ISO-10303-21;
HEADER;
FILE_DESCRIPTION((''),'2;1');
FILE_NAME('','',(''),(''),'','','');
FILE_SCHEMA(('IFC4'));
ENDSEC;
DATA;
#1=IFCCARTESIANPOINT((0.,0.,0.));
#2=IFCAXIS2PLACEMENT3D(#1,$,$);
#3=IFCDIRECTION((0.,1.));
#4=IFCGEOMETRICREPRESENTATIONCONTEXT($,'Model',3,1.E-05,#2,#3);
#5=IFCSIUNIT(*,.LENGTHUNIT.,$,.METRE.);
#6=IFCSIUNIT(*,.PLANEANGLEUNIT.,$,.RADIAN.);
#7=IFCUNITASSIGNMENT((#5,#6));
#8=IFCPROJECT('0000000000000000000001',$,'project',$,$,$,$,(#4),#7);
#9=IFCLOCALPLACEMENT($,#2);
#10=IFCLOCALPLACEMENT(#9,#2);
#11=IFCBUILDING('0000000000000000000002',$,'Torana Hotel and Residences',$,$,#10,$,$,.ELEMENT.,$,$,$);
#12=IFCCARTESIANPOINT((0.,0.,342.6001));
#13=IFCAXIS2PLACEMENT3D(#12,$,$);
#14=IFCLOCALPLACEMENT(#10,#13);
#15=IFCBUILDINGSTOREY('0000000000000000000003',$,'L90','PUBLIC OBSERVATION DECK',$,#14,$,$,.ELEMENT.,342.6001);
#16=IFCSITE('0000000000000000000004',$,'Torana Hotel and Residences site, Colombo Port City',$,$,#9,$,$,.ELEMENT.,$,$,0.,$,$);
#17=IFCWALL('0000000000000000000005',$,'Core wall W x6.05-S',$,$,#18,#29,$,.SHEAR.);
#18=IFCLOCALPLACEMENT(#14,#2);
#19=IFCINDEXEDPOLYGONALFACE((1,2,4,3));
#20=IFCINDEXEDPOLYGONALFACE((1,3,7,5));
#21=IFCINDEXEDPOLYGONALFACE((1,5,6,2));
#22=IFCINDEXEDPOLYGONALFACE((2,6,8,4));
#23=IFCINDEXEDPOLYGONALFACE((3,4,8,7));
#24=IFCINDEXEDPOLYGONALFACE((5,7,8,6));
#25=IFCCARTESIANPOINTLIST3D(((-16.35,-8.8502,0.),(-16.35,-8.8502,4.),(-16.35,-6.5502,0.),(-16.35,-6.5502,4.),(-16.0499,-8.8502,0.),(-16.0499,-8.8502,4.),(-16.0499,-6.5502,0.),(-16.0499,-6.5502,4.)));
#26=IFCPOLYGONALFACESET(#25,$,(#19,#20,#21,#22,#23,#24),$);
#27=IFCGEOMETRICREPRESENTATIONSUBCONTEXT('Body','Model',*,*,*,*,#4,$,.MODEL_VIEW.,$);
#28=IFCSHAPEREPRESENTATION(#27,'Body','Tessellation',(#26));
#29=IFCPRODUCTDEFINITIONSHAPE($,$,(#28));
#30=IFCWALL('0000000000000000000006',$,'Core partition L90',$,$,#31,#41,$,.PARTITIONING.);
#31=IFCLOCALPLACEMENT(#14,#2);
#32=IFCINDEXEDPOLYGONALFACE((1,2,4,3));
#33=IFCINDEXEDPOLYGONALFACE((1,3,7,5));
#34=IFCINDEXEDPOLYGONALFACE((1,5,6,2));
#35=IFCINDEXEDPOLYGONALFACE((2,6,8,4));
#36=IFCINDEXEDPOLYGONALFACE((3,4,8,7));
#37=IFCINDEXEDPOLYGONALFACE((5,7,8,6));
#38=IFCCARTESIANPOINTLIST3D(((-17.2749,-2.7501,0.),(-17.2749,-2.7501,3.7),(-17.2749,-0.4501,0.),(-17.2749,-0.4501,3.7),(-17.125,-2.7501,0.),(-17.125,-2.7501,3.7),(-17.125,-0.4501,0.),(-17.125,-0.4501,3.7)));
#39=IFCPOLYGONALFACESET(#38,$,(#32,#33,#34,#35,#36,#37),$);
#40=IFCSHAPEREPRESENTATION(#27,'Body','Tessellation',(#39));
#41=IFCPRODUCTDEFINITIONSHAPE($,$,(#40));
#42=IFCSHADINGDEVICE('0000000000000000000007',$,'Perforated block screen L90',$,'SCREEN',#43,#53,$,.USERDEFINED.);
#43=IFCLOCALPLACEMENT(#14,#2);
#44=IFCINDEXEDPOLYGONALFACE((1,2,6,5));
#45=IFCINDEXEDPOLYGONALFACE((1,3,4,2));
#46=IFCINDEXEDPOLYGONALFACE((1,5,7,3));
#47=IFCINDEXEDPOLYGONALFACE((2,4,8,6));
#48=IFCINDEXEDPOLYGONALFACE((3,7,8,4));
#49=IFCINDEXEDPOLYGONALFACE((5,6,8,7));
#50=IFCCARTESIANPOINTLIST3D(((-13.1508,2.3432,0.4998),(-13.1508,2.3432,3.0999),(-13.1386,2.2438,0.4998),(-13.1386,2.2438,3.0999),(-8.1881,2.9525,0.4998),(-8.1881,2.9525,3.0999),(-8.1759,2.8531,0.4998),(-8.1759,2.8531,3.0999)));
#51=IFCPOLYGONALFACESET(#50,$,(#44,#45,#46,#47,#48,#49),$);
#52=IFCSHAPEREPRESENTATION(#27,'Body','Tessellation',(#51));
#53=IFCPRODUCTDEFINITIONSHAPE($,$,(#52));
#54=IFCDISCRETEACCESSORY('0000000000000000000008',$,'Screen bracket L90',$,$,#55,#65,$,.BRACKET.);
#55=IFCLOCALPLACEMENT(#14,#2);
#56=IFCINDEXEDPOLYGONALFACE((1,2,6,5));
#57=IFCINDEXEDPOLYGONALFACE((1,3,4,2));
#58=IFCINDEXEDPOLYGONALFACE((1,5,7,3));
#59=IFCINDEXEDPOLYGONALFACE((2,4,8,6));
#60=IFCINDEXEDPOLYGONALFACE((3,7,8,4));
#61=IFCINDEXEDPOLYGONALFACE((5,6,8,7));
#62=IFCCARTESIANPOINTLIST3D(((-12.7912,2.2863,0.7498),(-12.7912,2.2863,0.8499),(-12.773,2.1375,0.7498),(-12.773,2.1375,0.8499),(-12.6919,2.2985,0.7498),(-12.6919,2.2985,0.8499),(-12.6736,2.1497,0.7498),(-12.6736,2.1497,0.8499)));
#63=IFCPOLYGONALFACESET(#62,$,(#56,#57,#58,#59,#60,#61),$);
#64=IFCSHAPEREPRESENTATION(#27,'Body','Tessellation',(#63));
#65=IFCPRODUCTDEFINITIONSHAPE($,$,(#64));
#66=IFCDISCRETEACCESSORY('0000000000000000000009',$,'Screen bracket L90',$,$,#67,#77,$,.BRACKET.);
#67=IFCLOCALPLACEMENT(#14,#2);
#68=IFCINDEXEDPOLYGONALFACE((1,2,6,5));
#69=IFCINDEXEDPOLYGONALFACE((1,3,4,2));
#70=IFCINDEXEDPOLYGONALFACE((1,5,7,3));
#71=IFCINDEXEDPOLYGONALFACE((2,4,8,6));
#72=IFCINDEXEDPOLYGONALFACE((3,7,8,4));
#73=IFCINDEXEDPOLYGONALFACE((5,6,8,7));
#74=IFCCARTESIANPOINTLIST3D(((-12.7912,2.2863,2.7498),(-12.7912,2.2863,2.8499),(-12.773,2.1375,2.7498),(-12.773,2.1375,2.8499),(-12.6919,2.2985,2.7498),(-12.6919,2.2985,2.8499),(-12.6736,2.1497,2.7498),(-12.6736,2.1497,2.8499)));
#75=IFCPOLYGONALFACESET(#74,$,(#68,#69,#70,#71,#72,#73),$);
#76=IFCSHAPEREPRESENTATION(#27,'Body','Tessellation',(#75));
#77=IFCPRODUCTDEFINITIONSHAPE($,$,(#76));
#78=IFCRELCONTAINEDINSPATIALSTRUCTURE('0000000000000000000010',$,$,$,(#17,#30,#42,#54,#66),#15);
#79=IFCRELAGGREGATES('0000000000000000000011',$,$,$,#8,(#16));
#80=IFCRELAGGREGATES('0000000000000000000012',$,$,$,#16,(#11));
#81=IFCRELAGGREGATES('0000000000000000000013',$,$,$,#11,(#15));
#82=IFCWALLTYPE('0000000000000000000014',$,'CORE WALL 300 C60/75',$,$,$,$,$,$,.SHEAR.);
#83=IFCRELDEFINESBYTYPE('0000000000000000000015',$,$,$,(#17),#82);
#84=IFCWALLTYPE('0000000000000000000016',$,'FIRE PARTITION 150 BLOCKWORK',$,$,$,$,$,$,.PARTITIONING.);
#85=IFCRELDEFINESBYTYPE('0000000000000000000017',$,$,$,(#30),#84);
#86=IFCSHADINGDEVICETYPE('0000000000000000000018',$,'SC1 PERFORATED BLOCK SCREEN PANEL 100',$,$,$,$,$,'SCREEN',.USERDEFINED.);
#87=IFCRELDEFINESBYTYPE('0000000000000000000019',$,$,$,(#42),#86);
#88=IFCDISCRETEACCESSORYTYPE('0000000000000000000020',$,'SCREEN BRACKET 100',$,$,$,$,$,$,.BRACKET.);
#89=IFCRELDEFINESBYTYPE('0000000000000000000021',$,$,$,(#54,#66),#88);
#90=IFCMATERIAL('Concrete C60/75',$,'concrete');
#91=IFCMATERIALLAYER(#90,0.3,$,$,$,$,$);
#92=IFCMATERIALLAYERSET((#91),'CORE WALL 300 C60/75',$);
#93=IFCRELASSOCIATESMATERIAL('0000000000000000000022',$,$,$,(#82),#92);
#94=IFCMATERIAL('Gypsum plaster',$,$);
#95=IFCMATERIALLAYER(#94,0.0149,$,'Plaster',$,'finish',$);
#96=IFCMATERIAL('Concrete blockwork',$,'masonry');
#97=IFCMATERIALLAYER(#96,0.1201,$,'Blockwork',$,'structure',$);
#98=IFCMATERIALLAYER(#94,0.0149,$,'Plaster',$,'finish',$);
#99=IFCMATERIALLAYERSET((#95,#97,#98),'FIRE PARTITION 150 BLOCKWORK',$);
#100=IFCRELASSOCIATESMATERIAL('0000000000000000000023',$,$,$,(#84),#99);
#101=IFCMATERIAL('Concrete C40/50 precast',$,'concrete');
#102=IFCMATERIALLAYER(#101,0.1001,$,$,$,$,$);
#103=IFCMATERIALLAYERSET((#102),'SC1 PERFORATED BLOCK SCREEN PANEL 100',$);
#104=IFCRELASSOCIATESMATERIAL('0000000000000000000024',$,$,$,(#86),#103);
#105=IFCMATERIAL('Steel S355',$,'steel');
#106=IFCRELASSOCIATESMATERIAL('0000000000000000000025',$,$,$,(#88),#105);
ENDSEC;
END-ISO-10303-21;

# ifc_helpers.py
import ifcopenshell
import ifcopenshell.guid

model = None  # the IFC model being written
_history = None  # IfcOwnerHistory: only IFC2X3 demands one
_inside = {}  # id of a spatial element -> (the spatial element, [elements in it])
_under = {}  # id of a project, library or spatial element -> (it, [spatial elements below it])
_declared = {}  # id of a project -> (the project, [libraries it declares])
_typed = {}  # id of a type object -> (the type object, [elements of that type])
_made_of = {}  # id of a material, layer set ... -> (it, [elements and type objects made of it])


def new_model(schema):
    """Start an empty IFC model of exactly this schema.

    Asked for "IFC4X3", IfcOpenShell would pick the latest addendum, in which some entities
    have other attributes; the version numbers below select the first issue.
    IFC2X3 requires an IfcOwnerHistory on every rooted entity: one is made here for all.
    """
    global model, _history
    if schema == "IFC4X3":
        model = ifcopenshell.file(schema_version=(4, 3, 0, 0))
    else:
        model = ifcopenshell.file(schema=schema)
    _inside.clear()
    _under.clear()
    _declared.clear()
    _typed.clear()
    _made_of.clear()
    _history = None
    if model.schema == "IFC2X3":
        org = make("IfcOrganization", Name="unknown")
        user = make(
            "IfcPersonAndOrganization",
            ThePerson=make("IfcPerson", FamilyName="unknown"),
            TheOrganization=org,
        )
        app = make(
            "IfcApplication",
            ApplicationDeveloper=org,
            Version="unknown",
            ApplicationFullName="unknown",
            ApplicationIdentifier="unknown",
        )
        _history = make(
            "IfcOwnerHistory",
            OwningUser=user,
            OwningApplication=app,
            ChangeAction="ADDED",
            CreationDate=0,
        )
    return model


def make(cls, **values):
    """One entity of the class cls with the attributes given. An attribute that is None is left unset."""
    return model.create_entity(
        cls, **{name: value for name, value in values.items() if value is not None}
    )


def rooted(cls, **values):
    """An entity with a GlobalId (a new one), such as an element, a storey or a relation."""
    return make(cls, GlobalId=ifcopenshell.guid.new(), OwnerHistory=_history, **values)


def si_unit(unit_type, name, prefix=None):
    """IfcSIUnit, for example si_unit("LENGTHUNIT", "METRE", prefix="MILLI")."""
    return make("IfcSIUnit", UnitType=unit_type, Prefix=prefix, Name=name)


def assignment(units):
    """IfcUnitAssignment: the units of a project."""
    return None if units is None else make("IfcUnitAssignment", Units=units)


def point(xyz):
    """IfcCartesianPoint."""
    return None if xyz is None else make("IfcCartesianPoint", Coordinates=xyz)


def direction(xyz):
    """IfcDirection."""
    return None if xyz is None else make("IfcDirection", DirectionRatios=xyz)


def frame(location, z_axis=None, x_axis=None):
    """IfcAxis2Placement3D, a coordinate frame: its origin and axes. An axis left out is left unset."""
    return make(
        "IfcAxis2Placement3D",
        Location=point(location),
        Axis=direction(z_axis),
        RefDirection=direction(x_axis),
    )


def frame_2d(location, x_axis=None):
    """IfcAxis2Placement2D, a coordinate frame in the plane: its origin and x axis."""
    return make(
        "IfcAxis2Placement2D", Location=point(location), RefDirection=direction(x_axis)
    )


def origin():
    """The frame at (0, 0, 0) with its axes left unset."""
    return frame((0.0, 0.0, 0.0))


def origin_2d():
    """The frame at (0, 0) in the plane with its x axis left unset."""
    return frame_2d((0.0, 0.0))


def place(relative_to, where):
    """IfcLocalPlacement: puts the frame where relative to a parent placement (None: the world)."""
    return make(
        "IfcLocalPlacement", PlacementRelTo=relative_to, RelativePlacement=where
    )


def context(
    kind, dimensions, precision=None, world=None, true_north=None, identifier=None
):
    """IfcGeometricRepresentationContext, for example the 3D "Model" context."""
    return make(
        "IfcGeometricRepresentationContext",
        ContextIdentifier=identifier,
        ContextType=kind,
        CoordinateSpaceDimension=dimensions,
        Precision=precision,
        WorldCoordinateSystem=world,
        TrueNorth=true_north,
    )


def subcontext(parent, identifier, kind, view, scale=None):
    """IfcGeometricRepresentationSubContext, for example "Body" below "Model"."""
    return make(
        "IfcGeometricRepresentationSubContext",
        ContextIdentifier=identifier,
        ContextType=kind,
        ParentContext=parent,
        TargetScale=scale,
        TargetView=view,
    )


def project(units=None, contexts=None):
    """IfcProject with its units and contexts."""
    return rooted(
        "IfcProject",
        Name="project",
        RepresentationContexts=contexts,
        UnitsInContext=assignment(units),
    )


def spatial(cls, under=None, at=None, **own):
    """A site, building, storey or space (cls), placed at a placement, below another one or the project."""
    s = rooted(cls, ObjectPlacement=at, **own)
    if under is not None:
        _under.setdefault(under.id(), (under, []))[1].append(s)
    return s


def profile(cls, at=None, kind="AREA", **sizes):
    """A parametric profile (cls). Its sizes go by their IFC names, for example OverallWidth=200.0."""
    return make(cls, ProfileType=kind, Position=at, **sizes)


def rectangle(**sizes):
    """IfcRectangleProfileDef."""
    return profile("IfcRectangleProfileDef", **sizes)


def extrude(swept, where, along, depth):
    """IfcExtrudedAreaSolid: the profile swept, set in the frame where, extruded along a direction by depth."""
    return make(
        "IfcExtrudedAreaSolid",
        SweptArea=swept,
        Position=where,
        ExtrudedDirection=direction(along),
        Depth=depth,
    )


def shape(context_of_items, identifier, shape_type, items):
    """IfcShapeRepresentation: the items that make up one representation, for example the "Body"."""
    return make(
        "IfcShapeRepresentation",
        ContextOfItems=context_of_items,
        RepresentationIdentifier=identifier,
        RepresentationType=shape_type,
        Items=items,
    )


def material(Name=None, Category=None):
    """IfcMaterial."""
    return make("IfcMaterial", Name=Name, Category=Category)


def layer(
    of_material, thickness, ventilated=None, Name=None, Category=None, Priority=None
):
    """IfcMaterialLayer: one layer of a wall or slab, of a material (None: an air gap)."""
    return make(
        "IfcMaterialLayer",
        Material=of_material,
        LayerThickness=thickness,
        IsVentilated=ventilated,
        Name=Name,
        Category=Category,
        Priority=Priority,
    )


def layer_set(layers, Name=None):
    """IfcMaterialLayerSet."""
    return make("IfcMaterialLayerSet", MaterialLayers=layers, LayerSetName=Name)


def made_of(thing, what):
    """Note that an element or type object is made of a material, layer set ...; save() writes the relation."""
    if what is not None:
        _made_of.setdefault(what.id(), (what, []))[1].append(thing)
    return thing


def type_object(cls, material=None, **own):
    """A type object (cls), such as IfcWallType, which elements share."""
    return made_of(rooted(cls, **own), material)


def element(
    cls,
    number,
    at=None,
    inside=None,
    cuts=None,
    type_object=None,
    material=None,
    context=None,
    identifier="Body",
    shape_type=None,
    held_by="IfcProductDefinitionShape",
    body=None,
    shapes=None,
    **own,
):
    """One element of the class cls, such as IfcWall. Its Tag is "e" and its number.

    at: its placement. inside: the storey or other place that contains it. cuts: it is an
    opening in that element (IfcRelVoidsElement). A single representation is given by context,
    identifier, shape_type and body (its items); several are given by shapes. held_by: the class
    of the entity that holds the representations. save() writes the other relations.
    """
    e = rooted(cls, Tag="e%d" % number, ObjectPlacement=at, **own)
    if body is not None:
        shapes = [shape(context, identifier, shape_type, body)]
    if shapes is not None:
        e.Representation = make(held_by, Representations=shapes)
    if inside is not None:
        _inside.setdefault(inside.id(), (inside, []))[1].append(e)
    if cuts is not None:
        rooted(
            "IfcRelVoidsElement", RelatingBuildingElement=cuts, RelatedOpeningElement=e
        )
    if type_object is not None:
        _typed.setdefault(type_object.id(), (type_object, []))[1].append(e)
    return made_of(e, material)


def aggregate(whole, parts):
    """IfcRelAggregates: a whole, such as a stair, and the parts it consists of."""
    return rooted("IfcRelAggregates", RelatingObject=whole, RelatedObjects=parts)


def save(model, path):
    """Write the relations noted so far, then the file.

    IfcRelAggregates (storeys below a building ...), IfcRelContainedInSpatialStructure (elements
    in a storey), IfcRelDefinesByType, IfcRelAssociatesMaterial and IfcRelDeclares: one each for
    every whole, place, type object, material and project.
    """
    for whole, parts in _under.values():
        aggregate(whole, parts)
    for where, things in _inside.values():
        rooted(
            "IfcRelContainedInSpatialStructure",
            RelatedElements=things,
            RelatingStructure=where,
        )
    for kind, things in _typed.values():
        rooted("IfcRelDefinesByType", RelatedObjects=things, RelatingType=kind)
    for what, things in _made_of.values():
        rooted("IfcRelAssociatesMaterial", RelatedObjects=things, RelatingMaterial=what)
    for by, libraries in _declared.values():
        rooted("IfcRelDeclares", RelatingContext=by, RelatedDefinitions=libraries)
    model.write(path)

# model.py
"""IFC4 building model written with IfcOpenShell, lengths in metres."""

from ifc_helpers import new_model, si_unit, direction, frame, frame_2d, origin, origin_2d, place, context, subcontext, project, spatial, rectangle, extrude, material, layer, layer_set, type_object, element, save


model = new_model("IFC4")

# Units and contexts
model_context = context("Model", 3, precision=1e-05, world=origin(), true_north=direction((0.0, 1.0)))
body_context = subcontext(model_context, "Body", "Model", "MODEL_VIEW")
ifc_project = project(units=[si_unit("LENGTHUNIT", "METRE"), si_unit("PLANEANGLEUNIT", "RADIAN")], contexts=[model_context])

# Site, building, storey
site_placement = place(None, origin())
site = spatial("IfcSite", under=ifc_project, at=site_placement, Name="Torana Hotel and Residences site, Colombo Port City", CompositionType="ELEMENT", RefElevation=0.0)
building_placement = place(site_placement, origin())
building = spatial("IfcBuilding", under=site, at=building_placement, Name="Torana Hotel and Residences", CompositionType="ELEMENT")
storey_placement = place(building_placement, frame((0.0, 0.0, 342.6001)))
storey = spatial("IfcBuildingStorey", under=building, at=storey_placement, Name="L90", Description="PUBLIC OBSERVATION DECK", CompositionType="ELEMENT", Elevation=342.6001)

# Shared definitions
ifc_material_1 = material(Name="Concrete C60/75", Category="concrete")
ifc_layer_1 = layer(ifc_material_1, 0.3)
ifc_layer_set_1 = layer_set([ifc_layer_1], Name="CORE WALL 300 C60/75")
wall_type_1 = type_object("IfcWallType", Name="CORE WALL 300 C60/75", PredefinedType="SHEAR", material=ifc_layer_set_1)

# Walls
for number, where, z_axis, x_axis, name in (
    (1, (-16.2, -8.8501, 0.0), (0.0, 0.0, 1.0), (0.0, 1.0, 0.0), "Core wall W x6.05-S"),
):
    element("IfcWall", number, at=place(storey_placement, frame(where, z_axis=z_axis, x_axis=x_axis)), inside=storey, type_object=wall_type_1, Name=name, PredefinedType="SHEAR", context=body_context, shape_type="SweptSolid", body=[
        extrude(rectangle(XDim=2.3, YDim=0.3, at=frame_2d((1.1499, 0.0))), origin(), (0.0, 0.0, 1.0), 4.0),
    ])
ifc_material_2 = material(Name="Gypsum plaster")
ifc_layer_2 = layer(ifc_material_2, 0.0149, Name="Plaster", Category="finish")
ifc_material_3 = material(Name="Concrete blockwork", Category="masonry")
ifc_layer_3 = layer(ifc_material_3, 0.1201, Name="Blockwork", Category="structure")
ifc_layer_4 = layer(ifc_material_2, 0.0149, Name="Plaster", Category="finish")
ifc_layer_set_2 = layer_set([ifc_layer_2, ifc_layer_3, ifc_layer_4], Name="FIRE PARTITION 150 BLOCKWORK")
wall_type_2 = type_object("IfcWallType", Name="FIRE PARTITION 150 BLOCKWORK", PredefinedType="PARTITIONING", material=ifc_layer_set_2)
wall_1_placement = place(storey_placement, frame((-17.2, -2.75, 0.0), z_axis=(0.0, 0.0, 1.0), x_axis=(0.0, 1.0, 0.0)))
element("IfcWall", 2, at=wall_1_placement, inside=storey, type_object=wall_type_2, Name="Core partition L90", PredefinedType="PARTITIONING", context=body_context, shape_type="SweptSolid", body=[
    extrude(rectangle(XDim=2.3, YDim=0.1499, at=frame_2d((1.1499, 0.0))), origin(), (0.0, 0.0, 1.0), 3.7),
])

# Shading device
ifc_material_4 = material(Name="Concrete C40/50 precast", Category="concrete")
ifc_layer_5 = layer(ifc_material_4, 0.1001)
ifc_layer_set_3 = layer_set([ifc_layer_5], Name="SC1 PERFORATED BLOCK SCREEN PANEL 100")
shading_device_type = type_object("IfcShadingDeviceType", Name="SC1 PERFORATED BLOCK SCREEN PANEL 100", ElementType="SCREEN", PredefinedType="USERDEFINED", material=ifc_layer_set_3)
shading_device_placement = place(storey_placement, frame((-10.6633, 2.5981, 0.4998), z_axis=(0.0, 0.0, 1.0), x_axis=(-0.992547, -0.121866, 0.0)))
element("IfcShadingDevice", 3, at=shading_device_placement, inside=storey, type_object=shading_device_type, Name="Perforated block screen L90", ObjectType="SCREEN", PredefinedType="USERDEFINED", context=body_context, shape_type="SweptSolid", body=[
    extrude(rectangle(XDim=5.0, YDim=0.1001, at=origin_2d()), origin(), (0.0, 0.0, 1.0), 2.6001),
])

# Discrete accessories
ifc_material_5 = material(Name="Steel S355", Category="steel")
discrete_accessory_type = type_object("IfcDiscreteAccessoryType", Name="SCREEN BRACKET 100", PredefinedType="BRACKET", material=ifc_material_5)
for number, where, z_axis, x_axis, name in (
    (4, (-12.7324, 2.218, 0.7498), (0.0, 0.0, 1.0), (-0.992547, -0.121866, 0.0), "Screen bracket L90"),
    (5, (-12.7324, 2.218, 2.7498), (0.0, 0.0, 1.0), (-0.992547, -0.121866, 0.0), "Screen bracket L90"),
):
    element("IfcDiscreteAccessory", number, at=place(storey_placement, frame(where, z_axis=z_axis, x_axis=x_axis)), inside=storey, type_object=discrete_accessory_type, Name=name, PredefinedType="BRACKET", context=body_context, shape_type="SweptSolid", body=[
        extrude(rectangle(XDim=0.1001, YDim=0.1499, at=origin_2d()), origin(), (0.0, 0.0, 1.0), 0.1001),
    ])

save(model, "model.ifc")
